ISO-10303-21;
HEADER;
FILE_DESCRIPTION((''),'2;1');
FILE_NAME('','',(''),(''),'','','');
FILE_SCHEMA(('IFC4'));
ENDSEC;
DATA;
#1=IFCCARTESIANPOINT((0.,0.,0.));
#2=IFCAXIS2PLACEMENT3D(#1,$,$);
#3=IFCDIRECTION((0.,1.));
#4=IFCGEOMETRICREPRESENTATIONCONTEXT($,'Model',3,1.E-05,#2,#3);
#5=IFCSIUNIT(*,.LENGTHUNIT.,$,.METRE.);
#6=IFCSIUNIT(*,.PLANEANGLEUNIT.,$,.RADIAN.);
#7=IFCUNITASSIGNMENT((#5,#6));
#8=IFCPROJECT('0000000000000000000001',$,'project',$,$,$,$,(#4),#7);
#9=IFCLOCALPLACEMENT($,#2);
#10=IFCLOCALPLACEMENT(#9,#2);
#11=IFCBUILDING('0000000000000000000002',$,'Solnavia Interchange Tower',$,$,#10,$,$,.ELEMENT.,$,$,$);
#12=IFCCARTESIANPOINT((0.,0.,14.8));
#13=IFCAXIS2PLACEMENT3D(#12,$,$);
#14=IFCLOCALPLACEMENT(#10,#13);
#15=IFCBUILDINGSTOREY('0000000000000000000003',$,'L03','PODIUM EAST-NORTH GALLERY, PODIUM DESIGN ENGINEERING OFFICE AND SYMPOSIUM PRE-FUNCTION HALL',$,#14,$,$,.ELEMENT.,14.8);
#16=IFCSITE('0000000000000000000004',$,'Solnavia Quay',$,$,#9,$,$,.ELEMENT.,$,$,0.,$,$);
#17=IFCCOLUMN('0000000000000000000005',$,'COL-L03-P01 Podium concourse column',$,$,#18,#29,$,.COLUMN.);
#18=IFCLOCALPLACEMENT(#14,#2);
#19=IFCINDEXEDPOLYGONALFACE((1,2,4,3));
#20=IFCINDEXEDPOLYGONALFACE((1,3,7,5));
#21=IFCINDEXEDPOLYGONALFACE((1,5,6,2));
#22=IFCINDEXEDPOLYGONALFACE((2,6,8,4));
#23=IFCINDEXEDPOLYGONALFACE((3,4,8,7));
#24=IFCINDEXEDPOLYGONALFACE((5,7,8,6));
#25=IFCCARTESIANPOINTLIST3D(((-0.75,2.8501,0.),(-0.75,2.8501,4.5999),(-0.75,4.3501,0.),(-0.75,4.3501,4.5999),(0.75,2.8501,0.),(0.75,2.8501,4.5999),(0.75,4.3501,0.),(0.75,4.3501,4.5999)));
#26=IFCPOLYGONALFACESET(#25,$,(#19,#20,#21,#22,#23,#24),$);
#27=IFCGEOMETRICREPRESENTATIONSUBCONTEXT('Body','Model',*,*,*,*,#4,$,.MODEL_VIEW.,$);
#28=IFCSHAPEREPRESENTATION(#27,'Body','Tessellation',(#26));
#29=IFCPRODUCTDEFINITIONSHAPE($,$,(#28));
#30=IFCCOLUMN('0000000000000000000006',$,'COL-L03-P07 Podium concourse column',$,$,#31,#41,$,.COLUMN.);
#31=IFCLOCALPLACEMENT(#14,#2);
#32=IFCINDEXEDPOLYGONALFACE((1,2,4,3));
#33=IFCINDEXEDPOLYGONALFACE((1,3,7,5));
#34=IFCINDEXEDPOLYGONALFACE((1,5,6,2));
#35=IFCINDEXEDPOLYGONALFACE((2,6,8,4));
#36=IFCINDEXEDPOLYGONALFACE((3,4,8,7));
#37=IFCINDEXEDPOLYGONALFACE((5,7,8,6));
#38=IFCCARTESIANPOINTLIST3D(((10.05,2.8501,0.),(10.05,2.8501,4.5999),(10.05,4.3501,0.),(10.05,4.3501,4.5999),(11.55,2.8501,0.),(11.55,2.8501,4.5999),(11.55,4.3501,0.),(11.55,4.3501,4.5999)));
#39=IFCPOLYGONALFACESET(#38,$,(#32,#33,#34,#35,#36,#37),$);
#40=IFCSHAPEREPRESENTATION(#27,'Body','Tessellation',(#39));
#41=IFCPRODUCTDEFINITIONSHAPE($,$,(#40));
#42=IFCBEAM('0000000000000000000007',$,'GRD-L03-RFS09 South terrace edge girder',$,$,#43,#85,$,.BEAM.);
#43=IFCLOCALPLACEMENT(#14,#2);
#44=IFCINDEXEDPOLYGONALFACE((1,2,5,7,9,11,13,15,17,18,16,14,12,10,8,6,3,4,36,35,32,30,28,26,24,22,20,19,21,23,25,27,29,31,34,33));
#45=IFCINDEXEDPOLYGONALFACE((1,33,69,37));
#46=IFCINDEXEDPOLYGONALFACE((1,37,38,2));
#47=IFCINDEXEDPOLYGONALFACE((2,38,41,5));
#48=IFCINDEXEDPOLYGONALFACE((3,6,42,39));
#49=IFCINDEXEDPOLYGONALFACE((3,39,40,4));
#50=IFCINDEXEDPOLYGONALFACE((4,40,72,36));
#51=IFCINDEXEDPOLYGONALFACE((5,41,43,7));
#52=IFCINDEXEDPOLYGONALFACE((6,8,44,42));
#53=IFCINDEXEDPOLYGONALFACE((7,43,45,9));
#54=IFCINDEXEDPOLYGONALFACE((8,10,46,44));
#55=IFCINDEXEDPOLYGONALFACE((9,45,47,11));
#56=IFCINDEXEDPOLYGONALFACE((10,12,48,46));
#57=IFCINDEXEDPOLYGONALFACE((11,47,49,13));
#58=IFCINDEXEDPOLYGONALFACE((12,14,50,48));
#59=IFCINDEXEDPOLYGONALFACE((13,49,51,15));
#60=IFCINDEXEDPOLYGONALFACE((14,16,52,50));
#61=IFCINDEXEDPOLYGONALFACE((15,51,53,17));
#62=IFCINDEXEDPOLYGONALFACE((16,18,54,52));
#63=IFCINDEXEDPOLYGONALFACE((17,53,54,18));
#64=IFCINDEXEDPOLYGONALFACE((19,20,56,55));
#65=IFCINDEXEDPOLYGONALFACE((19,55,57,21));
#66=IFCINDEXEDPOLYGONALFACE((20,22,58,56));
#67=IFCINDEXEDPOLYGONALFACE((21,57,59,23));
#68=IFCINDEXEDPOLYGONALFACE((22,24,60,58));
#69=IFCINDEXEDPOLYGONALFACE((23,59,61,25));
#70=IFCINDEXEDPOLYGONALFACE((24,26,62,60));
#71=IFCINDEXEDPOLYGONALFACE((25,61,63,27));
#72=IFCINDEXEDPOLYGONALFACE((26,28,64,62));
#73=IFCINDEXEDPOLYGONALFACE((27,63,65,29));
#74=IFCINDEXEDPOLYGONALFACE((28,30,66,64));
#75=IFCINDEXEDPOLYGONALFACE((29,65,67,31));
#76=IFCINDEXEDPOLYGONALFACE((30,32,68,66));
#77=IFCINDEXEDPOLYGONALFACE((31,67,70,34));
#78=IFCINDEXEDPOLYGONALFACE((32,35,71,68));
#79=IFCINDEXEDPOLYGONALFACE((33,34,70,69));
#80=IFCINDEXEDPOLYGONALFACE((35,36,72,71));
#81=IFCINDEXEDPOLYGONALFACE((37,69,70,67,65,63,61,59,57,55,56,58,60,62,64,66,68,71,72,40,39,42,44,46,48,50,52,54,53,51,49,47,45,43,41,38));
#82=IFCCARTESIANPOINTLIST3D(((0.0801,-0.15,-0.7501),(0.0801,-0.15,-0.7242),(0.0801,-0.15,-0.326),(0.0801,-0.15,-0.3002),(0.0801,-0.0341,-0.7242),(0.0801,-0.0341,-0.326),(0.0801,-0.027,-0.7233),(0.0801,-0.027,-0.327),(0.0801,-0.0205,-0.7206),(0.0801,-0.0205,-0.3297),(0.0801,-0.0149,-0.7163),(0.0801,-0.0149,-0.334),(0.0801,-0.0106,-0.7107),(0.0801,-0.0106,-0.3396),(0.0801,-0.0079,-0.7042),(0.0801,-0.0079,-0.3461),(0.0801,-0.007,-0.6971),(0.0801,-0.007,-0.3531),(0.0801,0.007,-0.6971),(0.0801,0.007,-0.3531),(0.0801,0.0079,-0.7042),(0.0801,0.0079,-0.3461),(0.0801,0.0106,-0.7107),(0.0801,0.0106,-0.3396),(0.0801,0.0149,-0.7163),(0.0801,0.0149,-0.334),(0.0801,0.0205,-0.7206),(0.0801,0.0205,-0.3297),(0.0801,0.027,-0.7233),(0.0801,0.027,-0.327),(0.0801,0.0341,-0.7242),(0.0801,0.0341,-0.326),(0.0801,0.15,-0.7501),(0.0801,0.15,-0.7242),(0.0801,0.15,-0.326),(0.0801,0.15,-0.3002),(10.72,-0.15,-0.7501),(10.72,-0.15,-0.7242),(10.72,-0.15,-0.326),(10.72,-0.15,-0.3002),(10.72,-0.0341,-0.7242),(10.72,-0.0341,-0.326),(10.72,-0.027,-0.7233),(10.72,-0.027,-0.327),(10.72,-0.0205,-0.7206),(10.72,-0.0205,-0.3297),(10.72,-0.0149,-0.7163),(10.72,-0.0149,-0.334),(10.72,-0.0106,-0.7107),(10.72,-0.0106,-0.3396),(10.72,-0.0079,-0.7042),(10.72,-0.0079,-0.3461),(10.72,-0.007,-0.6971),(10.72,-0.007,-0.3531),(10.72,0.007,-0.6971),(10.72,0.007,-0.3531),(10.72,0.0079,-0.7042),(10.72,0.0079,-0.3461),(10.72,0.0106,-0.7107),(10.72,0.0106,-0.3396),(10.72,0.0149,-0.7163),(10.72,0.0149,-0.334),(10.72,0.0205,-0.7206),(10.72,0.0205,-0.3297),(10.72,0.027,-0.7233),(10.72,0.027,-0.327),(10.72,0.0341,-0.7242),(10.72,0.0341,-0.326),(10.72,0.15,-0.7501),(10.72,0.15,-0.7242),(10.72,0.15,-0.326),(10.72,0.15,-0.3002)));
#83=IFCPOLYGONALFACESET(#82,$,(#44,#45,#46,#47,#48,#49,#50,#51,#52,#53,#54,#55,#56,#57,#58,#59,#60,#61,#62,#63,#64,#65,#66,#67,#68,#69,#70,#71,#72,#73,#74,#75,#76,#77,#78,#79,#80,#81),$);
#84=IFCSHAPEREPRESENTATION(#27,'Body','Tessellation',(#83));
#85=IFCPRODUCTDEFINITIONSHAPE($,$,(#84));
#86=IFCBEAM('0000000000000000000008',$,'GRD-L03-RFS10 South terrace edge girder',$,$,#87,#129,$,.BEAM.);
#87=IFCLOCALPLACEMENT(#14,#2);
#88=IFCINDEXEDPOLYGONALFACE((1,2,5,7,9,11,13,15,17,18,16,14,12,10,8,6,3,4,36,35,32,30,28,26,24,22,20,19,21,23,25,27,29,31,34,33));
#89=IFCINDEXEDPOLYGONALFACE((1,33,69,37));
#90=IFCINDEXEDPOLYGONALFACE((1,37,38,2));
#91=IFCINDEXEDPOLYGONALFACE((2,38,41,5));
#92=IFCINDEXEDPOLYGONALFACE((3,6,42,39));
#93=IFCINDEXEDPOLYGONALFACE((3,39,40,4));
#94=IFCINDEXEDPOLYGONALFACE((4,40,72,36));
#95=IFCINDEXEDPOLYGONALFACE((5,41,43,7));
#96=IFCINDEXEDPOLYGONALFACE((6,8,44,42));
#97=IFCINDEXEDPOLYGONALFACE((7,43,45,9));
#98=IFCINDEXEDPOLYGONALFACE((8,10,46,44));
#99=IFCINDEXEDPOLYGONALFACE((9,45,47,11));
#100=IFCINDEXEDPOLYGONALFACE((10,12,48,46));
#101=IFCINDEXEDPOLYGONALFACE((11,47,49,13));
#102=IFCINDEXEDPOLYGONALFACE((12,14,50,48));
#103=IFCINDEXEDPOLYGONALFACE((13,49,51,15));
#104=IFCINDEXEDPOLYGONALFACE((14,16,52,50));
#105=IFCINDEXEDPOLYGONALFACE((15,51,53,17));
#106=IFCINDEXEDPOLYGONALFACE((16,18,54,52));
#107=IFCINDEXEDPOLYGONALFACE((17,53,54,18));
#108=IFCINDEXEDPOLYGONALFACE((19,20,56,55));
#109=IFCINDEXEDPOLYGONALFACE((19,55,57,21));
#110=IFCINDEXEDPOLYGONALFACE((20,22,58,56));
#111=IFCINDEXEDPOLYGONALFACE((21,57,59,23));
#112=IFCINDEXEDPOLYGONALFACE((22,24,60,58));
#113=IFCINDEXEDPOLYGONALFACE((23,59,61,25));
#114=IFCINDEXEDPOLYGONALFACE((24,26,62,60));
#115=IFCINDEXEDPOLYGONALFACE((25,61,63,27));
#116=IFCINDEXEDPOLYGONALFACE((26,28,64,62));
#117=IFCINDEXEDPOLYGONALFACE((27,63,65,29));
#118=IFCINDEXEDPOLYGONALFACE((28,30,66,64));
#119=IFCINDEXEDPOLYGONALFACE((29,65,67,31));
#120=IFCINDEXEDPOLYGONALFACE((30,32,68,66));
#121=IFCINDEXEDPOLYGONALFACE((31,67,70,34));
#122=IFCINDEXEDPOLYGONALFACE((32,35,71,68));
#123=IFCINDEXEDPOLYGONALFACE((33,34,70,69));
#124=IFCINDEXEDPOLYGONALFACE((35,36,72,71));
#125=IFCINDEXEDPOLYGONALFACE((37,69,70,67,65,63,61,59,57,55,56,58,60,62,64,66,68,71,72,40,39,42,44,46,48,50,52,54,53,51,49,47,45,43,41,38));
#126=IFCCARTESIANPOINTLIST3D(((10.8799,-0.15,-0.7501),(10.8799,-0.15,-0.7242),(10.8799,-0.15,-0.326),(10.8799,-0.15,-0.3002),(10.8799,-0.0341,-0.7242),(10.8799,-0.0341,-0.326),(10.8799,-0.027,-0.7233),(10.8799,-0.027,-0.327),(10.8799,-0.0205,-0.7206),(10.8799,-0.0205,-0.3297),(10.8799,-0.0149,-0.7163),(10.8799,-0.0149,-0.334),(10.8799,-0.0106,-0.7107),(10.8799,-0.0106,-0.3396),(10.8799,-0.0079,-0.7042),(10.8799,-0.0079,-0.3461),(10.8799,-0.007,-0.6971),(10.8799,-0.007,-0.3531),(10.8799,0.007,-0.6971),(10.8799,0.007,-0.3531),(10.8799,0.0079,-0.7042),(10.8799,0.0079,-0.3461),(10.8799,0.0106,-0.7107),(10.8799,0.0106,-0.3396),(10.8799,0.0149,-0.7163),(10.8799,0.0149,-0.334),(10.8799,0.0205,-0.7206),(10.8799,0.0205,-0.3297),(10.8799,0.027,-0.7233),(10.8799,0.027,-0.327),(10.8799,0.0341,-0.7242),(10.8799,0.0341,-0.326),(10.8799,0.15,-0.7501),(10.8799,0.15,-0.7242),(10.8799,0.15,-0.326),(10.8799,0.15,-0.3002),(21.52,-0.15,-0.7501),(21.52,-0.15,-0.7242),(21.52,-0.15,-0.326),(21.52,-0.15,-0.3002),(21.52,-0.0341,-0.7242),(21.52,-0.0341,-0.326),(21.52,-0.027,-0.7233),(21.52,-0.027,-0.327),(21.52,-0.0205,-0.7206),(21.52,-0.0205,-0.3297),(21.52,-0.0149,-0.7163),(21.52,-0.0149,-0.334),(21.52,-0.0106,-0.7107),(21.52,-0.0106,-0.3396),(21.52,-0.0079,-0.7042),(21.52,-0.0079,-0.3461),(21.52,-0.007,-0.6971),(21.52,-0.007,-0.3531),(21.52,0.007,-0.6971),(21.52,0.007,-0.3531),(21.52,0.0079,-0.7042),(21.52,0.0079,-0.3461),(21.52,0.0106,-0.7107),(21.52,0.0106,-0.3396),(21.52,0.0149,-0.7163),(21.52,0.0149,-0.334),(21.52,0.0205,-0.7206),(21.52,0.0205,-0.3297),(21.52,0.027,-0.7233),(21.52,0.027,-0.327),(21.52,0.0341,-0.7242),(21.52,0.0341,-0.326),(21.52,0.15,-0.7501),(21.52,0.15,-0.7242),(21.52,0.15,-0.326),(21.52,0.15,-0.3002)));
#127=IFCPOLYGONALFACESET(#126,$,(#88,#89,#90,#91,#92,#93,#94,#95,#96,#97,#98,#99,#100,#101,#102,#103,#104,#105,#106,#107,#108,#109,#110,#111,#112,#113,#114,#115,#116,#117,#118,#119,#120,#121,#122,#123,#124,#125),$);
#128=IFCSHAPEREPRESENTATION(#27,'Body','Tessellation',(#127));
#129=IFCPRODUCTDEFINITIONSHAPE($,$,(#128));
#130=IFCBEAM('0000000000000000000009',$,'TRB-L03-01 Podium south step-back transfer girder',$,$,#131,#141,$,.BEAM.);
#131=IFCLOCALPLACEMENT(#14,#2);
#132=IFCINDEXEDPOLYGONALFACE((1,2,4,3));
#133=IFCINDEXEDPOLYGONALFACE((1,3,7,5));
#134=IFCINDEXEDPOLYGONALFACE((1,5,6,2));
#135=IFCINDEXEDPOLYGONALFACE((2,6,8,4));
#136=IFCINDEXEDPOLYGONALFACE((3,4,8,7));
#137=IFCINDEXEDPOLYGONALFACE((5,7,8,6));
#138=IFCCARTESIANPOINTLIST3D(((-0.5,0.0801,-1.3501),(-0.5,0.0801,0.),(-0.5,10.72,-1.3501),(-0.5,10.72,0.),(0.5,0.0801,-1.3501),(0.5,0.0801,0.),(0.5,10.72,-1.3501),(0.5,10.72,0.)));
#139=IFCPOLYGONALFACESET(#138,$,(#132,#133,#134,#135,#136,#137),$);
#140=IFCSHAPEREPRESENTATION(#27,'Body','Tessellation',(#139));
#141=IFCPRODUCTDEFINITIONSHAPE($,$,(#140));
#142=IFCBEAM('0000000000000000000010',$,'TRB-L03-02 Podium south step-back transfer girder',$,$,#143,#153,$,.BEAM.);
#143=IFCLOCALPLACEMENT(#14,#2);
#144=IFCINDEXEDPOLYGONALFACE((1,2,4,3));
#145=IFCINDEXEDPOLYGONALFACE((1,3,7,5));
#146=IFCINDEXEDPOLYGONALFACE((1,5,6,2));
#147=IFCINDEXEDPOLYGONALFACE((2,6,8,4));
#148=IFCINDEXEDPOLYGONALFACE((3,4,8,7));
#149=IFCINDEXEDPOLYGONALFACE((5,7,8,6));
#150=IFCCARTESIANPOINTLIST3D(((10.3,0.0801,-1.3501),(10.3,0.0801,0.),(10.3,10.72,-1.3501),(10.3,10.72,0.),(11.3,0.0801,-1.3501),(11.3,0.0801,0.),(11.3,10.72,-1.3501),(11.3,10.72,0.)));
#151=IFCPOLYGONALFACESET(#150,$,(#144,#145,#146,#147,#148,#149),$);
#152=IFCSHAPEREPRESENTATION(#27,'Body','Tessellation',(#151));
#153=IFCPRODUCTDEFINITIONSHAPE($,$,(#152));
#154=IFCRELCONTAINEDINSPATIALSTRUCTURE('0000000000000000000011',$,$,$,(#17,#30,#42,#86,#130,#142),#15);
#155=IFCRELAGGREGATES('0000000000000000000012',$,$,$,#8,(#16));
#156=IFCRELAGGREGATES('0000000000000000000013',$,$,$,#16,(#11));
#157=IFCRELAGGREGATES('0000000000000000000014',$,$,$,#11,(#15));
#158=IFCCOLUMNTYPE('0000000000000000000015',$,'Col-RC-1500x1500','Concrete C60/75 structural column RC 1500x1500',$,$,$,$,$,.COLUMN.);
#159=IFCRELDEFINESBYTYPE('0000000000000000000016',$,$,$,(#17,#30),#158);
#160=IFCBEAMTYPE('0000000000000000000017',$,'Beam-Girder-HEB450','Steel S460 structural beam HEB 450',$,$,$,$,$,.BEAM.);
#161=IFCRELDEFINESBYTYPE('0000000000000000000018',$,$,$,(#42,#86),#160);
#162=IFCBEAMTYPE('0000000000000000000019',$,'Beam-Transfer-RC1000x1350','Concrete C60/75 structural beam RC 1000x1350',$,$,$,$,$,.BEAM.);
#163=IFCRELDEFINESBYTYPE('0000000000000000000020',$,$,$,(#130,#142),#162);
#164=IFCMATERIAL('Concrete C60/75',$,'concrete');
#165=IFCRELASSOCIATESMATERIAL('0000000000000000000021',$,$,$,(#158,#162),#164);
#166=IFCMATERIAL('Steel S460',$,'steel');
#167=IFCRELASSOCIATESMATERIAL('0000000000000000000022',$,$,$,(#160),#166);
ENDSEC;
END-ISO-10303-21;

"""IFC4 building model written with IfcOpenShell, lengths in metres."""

from ifc_helpers import new_model, si_unit, direction, frame, origin, origin_2d, place, context, subcontext, project, spatial, rectangle, i_section, extrude, material, material_profile, profile_set, type_object, element, save


model = new_model("IFC4")

# Units and contexts
model_context = context("Model", 3, precision=1e-05, world=origin(), true_north=direction((0.0, 1.0)))
body_context = subcontext(model_context, "Body", "Model", "MODEL_VIEW")
ifc_project = project(units=[si_unit("LENGTHUNIT", "METRE"), si_unit("PLANEANGLEUNIT", "RADIAN")], contexts=[model_context])

# Site, building, storey
site_placement = place(None, origin())
site = spatial("IfcSite", under=ifc_project, at=site_placement, Name="Solnavia Quay", CompositionType="ELEMENT", RefElevation=0.0)
building_placement = place(site_placement, origin())
building = spatial("IfcBuilding", under=site, at=building_placement, Name="Solnavia Interchange Tower", CompositionType="ELEMENT")
storey_placement = place(building_placement, frame((0.0, 0.0, 14.8)))
storey = spatial("IfcBuildingStorey", under=building, at=storey_placement, Name="L03", Description="PODIUM EAST-NORTH GALLERY, PODIUM DESIGN ENGINEERING OFFICE AND SYMPOSIUM PRE-FUNCTION HALL", CompositionType="ELEMENT", Elevation=14.8)

# Columns
ifc_material_1 = material(Name="Concrete C60/75", Category="concrete")
ifc_material_profile_1 = material_profile(ifc_material_1, rectangle(XDim=1.5, YDim=1.5, at=origin_2d()), Name="RC 1500x1500")
ifc_profile_set_1 = profile_set([ifc_material_profile_1], Name="Concrete C60/75")
column_type = type_object("IfcColumnType", Name="Col-RC-1500x1500", Description="Concrete C60/75 structural column RC 1500x1500", PredefinedType="COLUMN", material=ifc_profile_set_1)
for number, where, z_axis, x_axis, name in (
    (1, (0.0, 3.6001, 0.0), (0.0, 0.0, 1.0), (1.0, 0.0, 0.0), "COL-L03-P01 Podium concourse column"),
    (2, (10.8, 3.6001, 0.0), (0.0, 0.0, 1.0), (1.0, 0.0, 0.0), "COL-L03-P07 Podium concourse column"),
):
    element("IfcColumn", number, at=place(storey_placement, frame(where, z_axis=z_axis, x_axis=x_axis)), inside=storey, type_object=column_type, Name=name, PredefinedType="COLUMN", context=body_context, shape_type="SweptSolid", body=[
        extrude(rectangle(XDim=1.5, YDim=1.5, at=origin_2d()), origin(), (0.0, 0.0, 1.0), 4.5999),
    ])

# Beams
ifc_material_2 = material(Name="Steel S460", Category="steel")
ifc_material_profile_2 = material_profile(ifc_material_2, i_section(OverallWidth=0.3, OverallDepth=0.45, WebThickness=0.0139, FlangeThickness=0.0259, FilletRadius=0.0271, at=origin_2d()), Name="HEB 450")
ifc_profile_set_2 = profile_set([ifc_material_profile_2], Name="Steel S460")
beam_type_1 = type_object("IfcBeamType", Name="Beam-Girder-HEB450", Description="Steel S460 structural beam HEB 450", PredefinedType="BEAM", material=ifc_profile_set_2)
beam_1_placement = place(storey_placement, frame((0.0801, 0.0, -0.5251), z_axis=(1.0, 0.0, 0.0), x_axis=(0.0, 1.0, 0.0)))
element("IfcBeam", 3, at=beam_1_placement, inside=storey, type_object=beam_type_1, Name="GRD-L03-RFS09 South terrace edge girder", PredefinedType="BEAM", context=body_context, shape_type="SweptSolid", body=[
    extrude(i_section(OverallWidth=0.3, OverallDepth=0.45, WebThickness=0.0139, FlangeThickness=0.0259, FilletRadius=0.0271, at=origin_2d()), origin(), (0.0, 0.0, 1.0), 10.6399),
])
beam_2_placement = place(storey_placement, frame((10.8799, 0.0, -0.5251), z_axis=(1.0, 0.0, 0.0), x_axis=(0.0, 1.0, 0.0)))
element("IfcBeam", 4, at=beam_2_placement, inside=storey, type_object=beam_type_1, Name="GRD-L03-RFS10 South terrace edge girder", PredefinedType="BEAM", context=body_context, shape_type="SweptSolid", body=[
    extrude(i_section(OverallWidth=0.3, OverallDepth=0.45, WebThickness=0.0139, FlangeThickness=0.0259, FilletRadius=0.0271, at=origin_2d()), origin(), (0.0, 0.0, 1.0), 10.6401),
])
ifc_material_profile_3 = material_profile(ifc_material_1, rectangle(XDim=1.0, YDim=1.3501, at=origin_2d()), Name="RC 1000x1350")
ifc_profile_set_3 = profile_set([ifc_material_profile_3], Name="Concrete C60/75")
beam_type_2 = type_object("IfcBeamType", Name="Beam-Transfer-RC1000x1350", Description="Concrete C60/75 structural beam RC 1000x1350", PredefinedType="BEAM", material=ifc_profile_set_3)
for number, where, z_axis, x_axis, name in (
    (5, (0.0, 0.0801, -0.675), (0.0, 1.0, 0.0), (-1.0, 0.0, 0.0), "TRB-L03-01 Podium south step-back transfer girder"),
    (6, (10.8, 0.0801, -0.675), (0.0, 1.0, 0.0), (-1.0, 0.0, 0.0), "TRB-L03-02 Podium south step-back transfer girder"),
):
    element("IfcBeam", number, at=place(storey_placement, frame(where, z_axis=z_axis, x_axis=x_axis)), inside=storey, type_object=beam_type_2, Name=name, PredefinedType="BEAM", context=body_context, shape_type="SweptSolid", body=[
        extrude(rectangle(XDim=1.0, YDim=1.3501, at=origin_2d()), origin(), (0.0, 0.0, 1.0), 10.6399),
    ])

save(model, "model.ifc")
